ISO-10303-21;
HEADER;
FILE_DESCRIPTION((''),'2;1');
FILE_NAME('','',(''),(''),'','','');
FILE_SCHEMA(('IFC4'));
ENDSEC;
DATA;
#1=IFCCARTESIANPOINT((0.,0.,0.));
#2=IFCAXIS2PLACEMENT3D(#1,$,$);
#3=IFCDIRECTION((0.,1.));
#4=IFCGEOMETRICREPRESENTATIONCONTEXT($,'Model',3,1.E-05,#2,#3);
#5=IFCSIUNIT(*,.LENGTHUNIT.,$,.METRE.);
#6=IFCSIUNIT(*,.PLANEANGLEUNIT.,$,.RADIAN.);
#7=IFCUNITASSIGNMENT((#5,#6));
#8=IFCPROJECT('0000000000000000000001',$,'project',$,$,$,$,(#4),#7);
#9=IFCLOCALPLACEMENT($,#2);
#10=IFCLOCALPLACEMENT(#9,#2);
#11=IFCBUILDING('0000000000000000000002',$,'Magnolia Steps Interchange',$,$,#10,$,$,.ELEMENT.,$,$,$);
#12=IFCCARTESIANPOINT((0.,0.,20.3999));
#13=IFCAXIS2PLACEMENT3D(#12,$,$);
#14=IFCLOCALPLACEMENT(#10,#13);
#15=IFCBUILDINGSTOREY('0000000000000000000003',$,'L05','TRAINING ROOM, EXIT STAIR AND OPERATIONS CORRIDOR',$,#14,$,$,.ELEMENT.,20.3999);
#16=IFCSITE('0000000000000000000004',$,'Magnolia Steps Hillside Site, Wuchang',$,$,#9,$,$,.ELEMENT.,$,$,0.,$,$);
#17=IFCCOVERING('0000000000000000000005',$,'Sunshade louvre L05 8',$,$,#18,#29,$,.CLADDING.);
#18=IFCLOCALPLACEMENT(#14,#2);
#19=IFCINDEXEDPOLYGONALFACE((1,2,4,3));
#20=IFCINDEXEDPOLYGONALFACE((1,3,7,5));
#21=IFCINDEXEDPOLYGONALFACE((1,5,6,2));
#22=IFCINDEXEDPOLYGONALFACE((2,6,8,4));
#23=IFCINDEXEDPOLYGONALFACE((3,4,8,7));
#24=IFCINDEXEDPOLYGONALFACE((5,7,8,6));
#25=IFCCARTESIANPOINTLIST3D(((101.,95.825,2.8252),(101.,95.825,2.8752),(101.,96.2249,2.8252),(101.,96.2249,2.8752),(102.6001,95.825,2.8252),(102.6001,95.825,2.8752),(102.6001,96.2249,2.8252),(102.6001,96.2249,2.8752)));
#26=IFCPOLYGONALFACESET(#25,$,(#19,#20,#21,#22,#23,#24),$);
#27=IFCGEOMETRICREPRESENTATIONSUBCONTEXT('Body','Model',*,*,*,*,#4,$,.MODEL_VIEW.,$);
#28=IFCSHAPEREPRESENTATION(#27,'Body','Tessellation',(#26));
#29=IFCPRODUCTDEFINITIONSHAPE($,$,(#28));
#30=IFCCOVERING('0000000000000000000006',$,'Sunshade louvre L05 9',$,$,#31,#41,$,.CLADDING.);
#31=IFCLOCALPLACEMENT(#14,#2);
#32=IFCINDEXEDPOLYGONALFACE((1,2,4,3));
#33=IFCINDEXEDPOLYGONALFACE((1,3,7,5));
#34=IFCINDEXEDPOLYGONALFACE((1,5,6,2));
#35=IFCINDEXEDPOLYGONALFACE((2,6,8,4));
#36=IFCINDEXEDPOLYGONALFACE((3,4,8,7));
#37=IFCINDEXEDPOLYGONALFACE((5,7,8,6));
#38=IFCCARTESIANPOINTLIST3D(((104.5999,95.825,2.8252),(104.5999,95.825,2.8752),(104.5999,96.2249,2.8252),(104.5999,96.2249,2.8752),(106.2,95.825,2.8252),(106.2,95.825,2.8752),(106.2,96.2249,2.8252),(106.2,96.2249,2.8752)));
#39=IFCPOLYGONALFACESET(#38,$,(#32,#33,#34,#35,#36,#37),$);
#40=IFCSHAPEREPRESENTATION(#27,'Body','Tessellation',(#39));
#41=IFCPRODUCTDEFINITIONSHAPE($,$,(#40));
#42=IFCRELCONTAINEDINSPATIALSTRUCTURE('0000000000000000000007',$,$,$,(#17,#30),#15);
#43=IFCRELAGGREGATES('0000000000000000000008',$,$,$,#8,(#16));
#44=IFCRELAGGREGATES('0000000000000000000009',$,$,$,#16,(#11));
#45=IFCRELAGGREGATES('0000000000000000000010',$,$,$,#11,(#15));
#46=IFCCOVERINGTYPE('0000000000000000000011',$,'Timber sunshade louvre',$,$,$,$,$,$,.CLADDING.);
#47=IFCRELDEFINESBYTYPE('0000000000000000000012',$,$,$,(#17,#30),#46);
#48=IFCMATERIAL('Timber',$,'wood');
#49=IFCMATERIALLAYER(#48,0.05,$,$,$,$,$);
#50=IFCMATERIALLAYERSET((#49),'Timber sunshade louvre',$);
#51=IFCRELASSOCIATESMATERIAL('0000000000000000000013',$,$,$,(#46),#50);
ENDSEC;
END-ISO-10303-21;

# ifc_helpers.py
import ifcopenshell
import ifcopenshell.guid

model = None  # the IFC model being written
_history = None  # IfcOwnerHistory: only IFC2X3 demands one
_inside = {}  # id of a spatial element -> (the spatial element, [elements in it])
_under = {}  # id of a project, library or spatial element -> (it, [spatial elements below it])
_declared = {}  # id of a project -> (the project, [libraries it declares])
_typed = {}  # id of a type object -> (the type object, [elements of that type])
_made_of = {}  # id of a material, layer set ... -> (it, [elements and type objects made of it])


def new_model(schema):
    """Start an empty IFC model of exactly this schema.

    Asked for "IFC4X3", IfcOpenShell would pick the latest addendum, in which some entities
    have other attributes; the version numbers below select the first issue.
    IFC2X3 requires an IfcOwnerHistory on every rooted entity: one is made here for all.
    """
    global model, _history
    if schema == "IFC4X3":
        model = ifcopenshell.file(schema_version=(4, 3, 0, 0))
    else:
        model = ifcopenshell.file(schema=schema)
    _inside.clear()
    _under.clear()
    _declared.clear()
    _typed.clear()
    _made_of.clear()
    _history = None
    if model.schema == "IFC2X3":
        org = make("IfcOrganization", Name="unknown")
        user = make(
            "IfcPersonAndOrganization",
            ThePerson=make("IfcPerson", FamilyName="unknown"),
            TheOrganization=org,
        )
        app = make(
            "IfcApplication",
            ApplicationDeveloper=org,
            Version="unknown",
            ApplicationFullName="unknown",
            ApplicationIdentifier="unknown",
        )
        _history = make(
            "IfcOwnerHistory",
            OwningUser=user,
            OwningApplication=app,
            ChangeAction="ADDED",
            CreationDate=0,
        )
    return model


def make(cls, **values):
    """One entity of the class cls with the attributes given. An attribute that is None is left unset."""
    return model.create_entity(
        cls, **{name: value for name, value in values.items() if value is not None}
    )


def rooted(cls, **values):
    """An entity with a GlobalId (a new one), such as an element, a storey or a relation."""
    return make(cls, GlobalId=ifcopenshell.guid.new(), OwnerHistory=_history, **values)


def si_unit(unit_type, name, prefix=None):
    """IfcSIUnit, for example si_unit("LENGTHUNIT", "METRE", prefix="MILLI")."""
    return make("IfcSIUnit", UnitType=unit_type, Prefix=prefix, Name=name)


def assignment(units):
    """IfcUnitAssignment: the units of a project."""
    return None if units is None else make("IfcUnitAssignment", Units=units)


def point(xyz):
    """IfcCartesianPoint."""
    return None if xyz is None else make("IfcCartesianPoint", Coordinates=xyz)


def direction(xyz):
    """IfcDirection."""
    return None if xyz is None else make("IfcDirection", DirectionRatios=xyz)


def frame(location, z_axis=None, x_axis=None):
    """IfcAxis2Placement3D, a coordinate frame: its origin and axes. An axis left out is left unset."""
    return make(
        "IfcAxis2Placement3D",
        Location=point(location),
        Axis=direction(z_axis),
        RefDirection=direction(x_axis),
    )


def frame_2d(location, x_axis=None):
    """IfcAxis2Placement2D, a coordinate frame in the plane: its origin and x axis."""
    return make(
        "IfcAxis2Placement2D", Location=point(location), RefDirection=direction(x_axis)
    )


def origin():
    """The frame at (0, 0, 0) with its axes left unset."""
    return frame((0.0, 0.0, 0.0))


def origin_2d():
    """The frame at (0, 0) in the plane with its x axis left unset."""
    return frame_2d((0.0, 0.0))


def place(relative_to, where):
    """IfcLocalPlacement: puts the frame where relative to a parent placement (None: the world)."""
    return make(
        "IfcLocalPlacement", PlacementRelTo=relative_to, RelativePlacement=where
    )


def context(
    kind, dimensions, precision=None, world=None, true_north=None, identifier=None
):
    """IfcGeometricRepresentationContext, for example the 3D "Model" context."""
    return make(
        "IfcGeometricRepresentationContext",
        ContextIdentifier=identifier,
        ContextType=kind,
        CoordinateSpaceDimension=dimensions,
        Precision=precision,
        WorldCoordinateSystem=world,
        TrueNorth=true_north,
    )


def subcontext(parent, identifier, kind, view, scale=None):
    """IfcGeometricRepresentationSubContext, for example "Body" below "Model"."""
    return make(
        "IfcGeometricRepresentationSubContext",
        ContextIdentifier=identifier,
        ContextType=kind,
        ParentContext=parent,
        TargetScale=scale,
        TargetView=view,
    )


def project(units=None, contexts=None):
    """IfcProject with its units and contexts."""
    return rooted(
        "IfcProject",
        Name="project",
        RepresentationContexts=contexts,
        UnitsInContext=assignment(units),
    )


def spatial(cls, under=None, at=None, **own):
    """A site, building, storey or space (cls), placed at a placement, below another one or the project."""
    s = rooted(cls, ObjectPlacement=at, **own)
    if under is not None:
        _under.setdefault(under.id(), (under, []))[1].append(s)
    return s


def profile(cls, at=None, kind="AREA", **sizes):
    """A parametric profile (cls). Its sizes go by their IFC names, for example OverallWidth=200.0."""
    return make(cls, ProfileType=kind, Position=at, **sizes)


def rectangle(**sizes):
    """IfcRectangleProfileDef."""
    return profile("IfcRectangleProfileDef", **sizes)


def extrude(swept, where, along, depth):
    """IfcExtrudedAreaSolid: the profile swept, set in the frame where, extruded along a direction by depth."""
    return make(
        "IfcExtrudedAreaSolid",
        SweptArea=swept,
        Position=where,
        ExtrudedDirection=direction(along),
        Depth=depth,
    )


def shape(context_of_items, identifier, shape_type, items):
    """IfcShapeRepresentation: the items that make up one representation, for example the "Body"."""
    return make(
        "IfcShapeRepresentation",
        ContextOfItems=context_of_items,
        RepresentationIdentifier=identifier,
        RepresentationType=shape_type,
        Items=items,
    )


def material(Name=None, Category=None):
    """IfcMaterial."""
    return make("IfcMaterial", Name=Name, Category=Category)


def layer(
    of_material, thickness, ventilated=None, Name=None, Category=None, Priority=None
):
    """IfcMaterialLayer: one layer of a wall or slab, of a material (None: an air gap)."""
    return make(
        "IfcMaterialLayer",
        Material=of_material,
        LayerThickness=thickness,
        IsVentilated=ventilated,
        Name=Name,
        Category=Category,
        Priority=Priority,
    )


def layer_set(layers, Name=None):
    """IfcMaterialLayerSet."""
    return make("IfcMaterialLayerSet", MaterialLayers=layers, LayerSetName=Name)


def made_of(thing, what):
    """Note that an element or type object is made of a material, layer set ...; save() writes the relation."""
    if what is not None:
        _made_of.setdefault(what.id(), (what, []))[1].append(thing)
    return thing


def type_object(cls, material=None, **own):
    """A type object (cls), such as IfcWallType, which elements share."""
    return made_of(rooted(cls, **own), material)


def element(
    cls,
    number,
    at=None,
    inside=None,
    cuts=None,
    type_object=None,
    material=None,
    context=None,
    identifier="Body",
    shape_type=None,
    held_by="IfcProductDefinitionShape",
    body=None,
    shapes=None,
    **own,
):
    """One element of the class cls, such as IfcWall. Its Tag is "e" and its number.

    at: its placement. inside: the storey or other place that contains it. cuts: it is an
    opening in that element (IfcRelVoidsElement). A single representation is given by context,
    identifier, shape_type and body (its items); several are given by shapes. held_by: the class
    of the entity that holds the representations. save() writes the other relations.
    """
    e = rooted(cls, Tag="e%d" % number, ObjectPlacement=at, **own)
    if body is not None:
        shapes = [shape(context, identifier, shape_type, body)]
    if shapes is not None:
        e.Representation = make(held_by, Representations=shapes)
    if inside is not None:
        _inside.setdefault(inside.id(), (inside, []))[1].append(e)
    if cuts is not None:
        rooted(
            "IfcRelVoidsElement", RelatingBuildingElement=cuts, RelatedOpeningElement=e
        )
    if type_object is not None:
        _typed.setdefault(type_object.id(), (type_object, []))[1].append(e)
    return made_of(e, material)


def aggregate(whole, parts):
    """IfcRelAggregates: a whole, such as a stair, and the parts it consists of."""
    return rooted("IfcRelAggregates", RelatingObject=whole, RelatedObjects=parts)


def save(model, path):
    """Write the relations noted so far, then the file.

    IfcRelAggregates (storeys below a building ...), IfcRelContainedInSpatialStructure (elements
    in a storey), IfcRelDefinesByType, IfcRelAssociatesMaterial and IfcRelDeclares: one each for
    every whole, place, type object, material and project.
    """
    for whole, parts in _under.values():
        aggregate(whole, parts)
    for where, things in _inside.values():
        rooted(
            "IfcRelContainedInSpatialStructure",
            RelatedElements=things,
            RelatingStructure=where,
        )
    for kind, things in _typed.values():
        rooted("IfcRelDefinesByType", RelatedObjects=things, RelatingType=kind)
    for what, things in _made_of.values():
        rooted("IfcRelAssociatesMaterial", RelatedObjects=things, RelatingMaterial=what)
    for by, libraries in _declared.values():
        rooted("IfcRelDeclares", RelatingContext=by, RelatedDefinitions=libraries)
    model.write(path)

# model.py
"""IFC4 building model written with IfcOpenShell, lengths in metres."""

from ifc_helpers import new_model, si_unit, direction, frame, origin, origin_2d, place, context, subcontext, project, spatial, rectangle, extrude, material, layer, layer_set, type_object, element, save


model = new_model("IFC4")

# Units and contexts
model_context = context("Model", 3, precision=1e-05, world=origin(), true_north=direction((0.0, 1.0)))
body_context = subcontext(model_context, "Body", "Model", "MODEL_VIEW")
ifc_project = project(units=[si_unit("LENGTHUNIT", "METRE"), si_unit("PLANEANGLEUNIT", "RADIAN")], contexts=[model_context])

# Site, building, storey
site_placement = place(None, origin())
site = spatial("IfcSite", under=ifc_project, at=site_placement, Name="Magnolia Steps Hillside Site, Wuchang", CompositionType="ELEMENT", RefElevation=0.0)
building_placement = place(site_placement, origin())
building = spatial("IfcBuilding", under=site, at=building_placement, Name="Magnolia Steps Interchange", CompositionType="ELEMENT")
storey_placement = place(building_placement, frame((0.0, 0.0, 20.3999)))
storey = spatial("IfcBuildingStorey", under=building, at=storey_placement, Name="L05", Description="TRAINING ROOM, EXIT STAIR AND OPERATIONS CORRIDOR", CompositionType="ELEMENT", Elevation=20.3999)

# Coverings
ifc_material_1 = material(Name="Timber", Category="wood")
ifc_layer_1 = layer(ifc_material_1, 0.05)
ifc_layer_set_1 = layer_set([ifc_layer_1], Name="Timber sunshade louvre")
covering_type_1 = type_object("IfcCoveringType", Name="Timber sunshade louvre", PredefinedType="CLADDING", material=ifc_layer_set_1)
for number, where, z_axis, x_axis, name in (
    (1, (101.8, 96.0249, 2.8252), (0.0, 0.0, 1.0), (1.0, 0.0, 0.0), "Sunshade louvre L05 8"),
    (2, (105.3999, 96.0249, 2.8252), (0.0, 0.0, 1.0), (1.0, 0.0, 0.0), "Sunshade louvre L05 9"),
):
    element("IfcCovering", number, at=place(storey_placement, frame(where, z_axis=z_axis, x_axis=x_axis)), inside=storey, type_object=covering_type_1, Name=name, PredefinedType="CLADDING", context=body_context, shape_type="SweptSolid", body=[
        extrude(rectangle(XDim=1.6001, YDim=0.3999, at=origin_2d()), origin(), (0.0, 0.0, 1.0), 0.05),
    ])

save(model, "model.ifc")
